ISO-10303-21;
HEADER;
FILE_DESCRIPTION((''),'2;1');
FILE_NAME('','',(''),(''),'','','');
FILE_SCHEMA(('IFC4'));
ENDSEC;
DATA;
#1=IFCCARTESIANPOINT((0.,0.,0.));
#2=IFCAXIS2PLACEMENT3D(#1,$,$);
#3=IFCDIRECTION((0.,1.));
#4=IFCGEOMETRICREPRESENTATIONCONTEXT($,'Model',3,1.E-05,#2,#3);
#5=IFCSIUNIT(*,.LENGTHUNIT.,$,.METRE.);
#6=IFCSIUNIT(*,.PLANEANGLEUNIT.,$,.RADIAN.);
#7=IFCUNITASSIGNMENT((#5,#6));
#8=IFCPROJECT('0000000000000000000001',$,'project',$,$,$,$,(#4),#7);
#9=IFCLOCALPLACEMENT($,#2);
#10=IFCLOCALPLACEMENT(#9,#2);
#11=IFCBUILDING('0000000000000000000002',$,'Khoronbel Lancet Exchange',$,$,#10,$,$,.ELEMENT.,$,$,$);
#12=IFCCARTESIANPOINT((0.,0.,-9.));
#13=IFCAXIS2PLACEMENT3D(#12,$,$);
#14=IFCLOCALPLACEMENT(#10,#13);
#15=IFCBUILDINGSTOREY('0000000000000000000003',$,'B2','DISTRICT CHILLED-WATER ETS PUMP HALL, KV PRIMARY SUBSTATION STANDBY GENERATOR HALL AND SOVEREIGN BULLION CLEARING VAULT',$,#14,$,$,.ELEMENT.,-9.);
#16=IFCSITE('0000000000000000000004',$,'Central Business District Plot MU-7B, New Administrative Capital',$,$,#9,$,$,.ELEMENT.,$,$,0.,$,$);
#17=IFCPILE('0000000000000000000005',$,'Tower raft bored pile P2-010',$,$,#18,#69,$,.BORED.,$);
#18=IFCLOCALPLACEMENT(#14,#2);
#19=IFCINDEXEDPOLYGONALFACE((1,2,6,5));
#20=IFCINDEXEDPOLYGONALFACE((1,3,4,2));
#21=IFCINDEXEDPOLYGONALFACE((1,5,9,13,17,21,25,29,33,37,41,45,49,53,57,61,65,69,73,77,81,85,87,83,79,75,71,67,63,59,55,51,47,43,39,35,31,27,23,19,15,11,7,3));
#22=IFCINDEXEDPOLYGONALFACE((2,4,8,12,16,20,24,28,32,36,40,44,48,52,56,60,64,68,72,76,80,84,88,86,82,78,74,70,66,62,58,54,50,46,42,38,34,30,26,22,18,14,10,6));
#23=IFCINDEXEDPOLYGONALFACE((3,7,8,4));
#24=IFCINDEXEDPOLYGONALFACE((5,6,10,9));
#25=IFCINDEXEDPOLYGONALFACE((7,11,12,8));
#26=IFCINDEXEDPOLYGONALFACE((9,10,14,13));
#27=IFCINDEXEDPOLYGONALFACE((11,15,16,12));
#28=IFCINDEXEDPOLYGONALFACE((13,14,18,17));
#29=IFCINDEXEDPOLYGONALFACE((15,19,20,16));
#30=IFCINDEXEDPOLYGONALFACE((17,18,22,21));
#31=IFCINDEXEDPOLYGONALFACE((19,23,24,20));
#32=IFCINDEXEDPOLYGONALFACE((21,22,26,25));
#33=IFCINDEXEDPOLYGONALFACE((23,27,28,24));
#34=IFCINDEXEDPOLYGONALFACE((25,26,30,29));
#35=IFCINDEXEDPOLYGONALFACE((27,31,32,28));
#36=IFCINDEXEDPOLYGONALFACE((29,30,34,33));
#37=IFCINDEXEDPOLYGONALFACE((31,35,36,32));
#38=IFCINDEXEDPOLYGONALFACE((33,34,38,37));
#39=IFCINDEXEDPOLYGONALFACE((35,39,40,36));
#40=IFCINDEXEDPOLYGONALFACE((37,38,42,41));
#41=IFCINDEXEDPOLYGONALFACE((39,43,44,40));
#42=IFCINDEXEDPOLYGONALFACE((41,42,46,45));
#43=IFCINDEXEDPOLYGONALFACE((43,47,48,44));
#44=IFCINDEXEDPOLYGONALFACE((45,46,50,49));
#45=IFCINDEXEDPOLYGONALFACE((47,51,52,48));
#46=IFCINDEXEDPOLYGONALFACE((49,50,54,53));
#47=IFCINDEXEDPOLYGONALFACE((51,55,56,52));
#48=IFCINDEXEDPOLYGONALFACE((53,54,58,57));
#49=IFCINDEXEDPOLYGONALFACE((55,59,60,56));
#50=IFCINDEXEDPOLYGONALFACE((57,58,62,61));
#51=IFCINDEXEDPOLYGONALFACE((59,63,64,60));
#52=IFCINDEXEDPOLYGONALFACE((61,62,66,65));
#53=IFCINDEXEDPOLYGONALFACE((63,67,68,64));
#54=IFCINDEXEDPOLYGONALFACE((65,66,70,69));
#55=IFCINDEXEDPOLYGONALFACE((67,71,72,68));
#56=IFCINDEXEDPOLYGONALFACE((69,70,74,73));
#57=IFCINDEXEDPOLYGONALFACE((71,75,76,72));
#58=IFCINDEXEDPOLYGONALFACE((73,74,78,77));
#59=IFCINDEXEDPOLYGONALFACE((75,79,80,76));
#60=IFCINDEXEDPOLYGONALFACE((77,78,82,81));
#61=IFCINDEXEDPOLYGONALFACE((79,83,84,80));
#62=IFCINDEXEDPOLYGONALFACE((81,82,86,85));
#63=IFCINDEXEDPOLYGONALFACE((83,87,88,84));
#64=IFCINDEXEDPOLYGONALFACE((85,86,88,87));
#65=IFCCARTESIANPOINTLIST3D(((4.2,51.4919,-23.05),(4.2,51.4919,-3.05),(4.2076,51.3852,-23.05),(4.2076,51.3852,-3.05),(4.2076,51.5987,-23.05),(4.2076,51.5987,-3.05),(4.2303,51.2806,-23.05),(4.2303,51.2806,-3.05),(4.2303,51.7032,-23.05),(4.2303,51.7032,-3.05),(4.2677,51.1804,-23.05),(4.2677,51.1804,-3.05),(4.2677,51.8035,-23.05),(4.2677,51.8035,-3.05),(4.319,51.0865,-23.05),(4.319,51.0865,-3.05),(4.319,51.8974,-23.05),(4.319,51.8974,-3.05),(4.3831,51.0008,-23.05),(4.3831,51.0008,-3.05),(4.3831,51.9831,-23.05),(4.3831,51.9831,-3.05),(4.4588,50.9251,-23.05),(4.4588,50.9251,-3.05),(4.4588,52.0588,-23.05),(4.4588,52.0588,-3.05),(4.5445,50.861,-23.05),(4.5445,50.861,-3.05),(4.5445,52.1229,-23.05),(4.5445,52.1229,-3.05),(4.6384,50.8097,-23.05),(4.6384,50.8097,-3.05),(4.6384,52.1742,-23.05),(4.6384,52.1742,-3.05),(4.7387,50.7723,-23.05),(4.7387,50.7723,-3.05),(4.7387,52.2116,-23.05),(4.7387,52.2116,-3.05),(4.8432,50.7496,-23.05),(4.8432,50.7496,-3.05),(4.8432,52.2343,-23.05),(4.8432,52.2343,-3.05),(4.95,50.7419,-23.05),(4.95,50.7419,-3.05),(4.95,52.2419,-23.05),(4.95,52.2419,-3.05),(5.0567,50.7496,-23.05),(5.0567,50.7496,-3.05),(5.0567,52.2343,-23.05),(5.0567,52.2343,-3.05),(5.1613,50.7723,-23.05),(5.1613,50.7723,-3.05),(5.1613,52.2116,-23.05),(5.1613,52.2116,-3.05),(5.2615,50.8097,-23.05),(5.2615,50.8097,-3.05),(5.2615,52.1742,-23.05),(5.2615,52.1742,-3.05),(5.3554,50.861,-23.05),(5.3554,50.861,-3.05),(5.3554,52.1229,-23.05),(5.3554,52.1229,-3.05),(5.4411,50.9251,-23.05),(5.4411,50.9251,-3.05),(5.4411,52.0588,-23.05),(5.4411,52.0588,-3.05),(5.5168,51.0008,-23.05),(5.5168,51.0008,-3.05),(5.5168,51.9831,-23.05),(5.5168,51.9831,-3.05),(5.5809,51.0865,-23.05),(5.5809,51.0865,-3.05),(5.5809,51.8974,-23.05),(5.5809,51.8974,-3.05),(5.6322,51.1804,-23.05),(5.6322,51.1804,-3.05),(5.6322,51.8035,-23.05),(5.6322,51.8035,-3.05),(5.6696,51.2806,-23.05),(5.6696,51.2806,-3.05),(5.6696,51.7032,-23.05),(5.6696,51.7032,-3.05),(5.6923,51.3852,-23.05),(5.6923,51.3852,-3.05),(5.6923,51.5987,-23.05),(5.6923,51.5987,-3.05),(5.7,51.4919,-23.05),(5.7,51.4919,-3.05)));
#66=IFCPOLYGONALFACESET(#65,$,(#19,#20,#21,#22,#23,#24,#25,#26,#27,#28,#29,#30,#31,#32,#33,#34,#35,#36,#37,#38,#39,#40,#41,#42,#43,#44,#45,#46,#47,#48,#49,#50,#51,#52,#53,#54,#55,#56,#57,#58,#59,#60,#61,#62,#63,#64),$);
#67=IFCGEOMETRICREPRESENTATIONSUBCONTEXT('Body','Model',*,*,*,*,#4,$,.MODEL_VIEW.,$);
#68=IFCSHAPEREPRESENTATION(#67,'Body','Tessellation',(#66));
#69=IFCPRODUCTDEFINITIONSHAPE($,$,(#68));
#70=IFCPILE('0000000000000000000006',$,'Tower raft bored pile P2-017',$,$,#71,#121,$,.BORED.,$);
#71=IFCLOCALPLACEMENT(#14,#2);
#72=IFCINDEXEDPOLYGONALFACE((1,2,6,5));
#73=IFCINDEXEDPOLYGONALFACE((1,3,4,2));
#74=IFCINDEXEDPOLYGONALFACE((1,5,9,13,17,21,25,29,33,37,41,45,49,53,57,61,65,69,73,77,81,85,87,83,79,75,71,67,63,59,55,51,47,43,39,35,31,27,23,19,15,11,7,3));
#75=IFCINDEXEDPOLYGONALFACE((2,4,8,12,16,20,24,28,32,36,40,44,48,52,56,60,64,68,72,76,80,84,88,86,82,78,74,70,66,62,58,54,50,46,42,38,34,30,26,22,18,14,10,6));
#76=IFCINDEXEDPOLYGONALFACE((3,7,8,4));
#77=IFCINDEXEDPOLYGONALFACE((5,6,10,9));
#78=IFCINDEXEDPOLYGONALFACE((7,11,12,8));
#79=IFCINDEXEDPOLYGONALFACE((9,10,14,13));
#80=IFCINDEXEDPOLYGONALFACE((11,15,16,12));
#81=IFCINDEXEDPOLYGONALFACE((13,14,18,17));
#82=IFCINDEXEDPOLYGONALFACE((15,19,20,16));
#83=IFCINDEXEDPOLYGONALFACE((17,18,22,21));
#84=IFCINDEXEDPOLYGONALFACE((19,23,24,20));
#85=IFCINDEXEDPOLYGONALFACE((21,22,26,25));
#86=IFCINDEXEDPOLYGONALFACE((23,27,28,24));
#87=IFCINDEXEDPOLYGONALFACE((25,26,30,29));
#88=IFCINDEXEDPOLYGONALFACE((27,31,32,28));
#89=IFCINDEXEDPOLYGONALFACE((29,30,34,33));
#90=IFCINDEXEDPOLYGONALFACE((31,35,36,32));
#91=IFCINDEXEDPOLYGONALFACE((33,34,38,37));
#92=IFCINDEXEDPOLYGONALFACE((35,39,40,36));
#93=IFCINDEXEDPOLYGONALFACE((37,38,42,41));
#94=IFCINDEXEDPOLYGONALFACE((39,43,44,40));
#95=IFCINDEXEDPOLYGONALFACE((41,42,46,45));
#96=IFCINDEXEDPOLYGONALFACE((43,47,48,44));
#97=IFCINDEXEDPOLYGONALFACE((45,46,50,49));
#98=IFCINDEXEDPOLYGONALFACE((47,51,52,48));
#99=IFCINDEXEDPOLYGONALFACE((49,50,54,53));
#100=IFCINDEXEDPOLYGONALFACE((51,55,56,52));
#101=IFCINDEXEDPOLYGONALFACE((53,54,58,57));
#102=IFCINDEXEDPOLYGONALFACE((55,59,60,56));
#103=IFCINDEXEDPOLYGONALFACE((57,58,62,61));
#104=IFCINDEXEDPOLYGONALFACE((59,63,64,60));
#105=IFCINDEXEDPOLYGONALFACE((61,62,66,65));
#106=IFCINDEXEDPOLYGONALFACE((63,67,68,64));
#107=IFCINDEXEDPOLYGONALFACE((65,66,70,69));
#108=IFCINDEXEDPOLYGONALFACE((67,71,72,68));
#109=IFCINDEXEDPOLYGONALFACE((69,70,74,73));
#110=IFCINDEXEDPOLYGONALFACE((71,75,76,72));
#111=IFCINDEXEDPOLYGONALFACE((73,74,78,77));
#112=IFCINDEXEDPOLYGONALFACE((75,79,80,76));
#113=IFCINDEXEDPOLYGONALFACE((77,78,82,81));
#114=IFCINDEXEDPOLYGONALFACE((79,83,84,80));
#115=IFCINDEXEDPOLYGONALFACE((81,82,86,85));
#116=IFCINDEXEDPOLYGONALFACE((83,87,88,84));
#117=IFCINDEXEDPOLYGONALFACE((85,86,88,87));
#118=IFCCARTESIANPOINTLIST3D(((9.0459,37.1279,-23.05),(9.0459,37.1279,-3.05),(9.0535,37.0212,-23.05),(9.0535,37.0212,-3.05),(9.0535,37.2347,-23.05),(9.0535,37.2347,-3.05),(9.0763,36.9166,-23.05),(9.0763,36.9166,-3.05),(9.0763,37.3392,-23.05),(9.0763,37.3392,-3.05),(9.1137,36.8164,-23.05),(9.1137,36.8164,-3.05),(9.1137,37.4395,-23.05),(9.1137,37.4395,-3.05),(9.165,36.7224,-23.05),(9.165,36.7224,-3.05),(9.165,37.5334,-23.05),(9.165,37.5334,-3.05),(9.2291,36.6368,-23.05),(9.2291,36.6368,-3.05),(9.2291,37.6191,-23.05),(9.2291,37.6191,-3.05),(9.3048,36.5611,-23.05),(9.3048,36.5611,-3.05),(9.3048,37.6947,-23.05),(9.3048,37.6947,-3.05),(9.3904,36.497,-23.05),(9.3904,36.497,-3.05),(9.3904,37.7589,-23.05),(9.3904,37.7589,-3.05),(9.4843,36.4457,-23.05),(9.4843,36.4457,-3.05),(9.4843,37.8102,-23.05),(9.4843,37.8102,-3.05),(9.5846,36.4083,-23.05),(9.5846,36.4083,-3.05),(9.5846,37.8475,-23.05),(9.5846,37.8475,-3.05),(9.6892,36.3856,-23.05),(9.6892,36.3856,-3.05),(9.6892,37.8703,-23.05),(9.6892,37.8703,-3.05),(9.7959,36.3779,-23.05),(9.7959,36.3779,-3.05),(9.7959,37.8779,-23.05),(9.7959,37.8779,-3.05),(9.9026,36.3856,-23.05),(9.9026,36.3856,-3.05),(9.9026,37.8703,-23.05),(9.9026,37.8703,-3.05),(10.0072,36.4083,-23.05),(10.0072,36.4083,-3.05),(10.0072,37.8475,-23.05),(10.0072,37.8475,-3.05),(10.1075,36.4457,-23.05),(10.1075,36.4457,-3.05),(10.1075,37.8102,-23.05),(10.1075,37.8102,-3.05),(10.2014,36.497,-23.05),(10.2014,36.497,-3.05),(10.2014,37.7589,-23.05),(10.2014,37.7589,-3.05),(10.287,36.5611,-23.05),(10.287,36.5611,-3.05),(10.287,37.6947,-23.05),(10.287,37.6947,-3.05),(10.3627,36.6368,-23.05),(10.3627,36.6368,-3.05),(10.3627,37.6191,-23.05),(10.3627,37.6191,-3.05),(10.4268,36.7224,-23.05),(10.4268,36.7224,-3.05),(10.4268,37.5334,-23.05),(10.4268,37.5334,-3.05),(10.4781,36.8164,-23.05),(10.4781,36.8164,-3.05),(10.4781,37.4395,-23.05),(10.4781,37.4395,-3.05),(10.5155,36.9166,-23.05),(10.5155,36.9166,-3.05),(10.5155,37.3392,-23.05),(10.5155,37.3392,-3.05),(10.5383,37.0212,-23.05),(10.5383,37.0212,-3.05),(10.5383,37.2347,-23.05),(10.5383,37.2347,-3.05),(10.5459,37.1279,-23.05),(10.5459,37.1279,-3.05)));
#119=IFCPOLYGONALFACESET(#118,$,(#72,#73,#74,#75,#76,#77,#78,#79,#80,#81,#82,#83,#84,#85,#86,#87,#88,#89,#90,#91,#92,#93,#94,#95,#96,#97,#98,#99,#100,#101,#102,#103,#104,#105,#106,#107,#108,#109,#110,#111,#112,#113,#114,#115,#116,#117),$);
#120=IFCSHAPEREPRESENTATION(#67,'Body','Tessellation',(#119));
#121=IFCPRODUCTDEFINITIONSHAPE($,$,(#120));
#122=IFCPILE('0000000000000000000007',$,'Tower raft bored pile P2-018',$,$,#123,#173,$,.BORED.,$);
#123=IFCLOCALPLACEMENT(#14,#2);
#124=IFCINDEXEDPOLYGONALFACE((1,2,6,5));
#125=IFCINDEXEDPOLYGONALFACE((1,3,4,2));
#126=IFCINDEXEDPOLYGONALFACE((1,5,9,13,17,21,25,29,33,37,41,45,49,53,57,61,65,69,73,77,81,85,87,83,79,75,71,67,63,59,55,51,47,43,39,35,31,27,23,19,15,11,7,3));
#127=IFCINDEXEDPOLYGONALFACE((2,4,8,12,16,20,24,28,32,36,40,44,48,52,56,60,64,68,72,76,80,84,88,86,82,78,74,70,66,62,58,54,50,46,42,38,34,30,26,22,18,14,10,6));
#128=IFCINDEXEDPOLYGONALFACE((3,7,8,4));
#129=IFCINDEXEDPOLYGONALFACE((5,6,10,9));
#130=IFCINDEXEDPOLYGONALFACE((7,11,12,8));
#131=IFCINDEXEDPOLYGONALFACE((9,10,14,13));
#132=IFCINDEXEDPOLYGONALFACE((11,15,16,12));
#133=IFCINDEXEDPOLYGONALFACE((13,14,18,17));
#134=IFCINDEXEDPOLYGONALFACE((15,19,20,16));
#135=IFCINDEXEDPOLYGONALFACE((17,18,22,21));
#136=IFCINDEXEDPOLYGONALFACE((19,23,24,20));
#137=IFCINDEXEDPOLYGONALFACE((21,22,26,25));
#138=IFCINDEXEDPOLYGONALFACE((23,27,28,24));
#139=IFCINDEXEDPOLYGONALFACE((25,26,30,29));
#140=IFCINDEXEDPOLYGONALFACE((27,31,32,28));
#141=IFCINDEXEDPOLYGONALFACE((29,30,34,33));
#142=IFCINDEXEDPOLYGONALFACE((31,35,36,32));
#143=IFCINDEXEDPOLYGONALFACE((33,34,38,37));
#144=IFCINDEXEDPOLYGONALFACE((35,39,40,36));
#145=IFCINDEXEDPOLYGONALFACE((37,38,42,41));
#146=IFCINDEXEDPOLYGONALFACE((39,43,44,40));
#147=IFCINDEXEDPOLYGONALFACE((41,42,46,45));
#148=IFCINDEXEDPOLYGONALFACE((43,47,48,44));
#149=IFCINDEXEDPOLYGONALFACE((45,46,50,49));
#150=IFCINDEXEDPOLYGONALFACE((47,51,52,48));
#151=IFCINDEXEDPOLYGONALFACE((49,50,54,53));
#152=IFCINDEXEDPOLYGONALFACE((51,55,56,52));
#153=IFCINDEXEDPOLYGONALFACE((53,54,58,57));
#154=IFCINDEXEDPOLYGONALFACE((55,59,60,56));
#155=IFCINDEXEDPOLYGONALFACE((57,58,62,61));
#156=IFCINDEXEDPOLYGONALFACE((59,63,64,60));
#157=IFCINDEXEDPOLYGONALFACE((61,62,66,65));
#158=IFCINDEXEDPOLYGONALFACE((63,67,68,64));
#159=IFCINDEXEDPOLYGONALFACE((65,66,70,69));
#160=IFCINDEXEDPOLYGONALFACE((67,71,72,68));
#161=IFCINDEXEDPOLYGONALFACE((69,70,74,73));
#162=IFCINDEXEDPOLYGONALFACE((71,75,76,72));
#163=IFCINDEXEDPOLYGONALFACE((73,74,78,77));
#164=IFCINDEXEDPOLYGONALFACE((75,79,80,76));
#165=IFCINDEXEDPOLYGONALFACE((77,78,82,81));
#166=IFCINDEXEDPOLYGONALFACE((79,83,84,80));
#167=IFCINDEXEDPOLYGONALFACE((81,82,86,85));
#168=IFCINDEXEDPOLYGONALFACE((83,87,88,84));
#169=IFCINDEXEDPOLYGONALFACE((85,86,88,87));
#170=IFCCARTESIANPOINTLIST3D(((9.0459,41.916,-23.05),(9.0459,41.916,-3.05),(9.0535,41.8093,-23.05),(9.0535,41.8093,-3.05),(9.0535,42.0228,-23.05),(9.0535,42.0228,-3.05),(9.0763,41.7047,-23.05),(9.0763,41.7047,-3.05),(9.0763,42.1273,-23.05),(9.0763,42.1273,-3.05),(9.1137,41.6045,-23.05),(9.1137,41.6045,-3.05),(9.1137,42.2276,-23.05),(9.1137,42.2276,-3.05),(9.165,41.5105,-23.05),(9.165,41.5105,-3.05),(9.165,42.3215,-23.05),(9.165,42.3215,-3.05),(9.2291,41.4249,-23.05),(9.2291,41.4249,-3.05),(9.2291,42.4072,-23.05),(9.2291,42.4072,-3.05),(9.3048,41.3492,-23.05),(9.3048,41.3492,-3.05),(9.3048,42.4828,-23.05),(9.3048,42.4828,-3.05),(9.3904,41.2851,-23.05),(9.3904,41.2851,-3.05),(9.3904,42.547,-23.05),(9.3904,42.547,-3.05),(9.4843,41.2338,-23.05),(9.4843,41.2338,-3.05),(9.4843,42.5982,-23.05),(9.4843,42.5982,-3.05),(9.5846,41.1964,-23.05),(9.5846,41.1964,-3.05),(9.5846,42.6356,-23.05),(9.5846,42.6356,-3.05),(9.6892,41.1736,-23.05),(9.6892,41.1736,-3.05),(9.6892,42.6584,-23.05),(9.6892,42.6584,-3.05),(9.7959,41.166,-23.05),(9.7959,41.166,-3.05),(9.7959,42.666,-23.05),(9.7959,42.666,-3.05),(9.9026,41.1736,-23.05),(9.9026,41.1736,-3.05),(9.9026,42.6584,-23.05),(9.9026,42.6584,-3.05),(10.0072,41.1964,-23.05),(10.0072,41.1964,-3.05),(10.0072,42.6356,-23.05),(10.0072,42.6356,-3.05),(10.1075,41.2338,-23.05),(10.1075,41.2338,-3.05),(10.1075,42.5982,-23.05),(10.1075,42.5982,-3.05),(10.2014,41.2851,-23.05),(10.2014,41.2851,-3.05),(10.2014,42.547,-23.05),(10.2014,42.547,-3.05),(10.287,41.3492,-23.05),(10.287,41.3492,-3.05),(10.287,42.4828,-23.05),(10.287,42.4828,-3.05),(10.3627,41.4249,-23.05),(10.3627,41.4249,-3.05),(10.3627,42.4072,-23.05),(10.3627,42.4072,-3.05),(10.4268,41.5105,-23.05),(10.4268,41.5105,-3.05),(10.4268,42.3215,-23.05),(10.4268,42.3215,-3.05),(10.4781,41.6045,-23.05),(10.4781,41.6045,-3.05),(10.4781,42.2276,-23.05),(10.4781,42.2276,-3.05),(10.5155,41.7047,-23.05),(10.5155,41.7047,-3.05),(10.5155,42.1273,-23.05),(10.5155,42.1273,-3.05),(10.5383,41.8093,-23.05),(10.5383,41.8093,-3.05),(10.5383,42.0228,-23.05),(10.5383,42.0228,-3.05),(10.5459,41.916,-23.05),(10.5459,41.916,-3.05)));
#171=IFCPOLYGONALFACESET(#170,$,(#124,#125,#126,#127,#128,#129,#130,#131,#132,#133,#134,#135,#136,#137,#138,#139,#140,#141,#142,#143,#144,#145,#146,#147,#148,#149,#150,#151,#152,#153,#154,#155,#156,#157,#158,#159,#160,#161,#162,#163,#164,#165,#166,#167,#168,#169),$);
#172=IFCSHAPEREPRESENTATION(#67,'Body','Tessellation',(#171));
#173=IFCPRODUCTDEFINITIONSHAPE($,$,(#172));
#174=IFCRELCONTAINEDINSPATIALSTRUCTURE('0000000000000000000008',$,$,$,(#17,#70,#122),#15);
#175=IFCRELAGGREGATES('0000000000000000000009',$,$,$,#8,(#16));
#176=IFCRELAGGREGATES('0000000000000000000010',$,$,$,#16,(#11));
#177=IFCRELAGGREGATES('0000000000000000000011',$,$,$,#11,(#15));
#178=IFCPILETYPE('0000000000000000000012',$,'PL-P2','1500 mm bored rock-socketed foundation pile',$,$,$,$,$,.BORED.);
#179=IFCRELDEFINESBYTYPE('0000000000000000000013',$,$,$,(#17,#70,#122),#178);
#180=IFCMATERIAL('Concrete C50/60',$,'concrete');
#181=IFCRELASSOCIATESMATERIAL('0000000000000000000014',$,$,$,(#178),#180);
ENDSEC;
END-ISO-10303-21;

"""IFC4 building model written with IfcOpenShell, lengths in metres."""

from ifc_helpers import new_model, si_unit, direction, frame, origin, origin_2d, place, context, subcontext, project, spatial, circle, extrude, material, material_profile, profile_set, type_object, element, save


model = new_model("IFC4")

# Units and contexts
model_context = context("Model", 3, precision=1e-05, world=origin(), true_north=direction((0.0, 1.0)))
body_context = subcontext(model_context, "Body", "Model", "MODEL_VIEW")
ifc_project = project(units=[si_unit("LENGTHUNIT", "METRE"), si_unit("PLANEANGLEUNIT", "RADIAN")], contexts=[model_context])

# Site, building, storey
site_placement = place(None, origin())
site = spatial("IfcSite", under=ifc_project, at=site_placement, Name="Central Business District Plot MU-7B, New Administrative Capital", CompositionType="ELEMENT", RefElevation=0.0)
building_placement = place(site_placement, origin())
building = spatial("IfcBuilding", under=site, at=building_placement, Name="Khoronbel Lancet Exchange", CompositionType="ELEMENT")
storey_placement = place(building_placement, frame((0.0, 0.0, -9.0)))
storey = spatial("IfcBuildingStorey", under=building, at=storey_placement, Name="B2", Description="DISTRICT CHILLED-WATER ETS PUMP HALL, KV PRIMARY SUBSTATION STANDBY GENERATOR HALL AND SOVEREIGN BULLION CLEARING VAULT", CompositionType="ELEMENT", Elevation=-9.0)

# Piles
ifc_material_1 = material(Name="Concrete C50/60", Category="concrete")
ifc_material_profile_1 = material_profile(ifc_material_1, circle(Radius=0.75, at=origin_2d()), Name="BORED PILE D1500")
ifc_profile_set_1 = profile_set([ifc_material_profile_1], Name="Concrete C50/60")
pile_type = type_object("IfcPileType", Name="PL-P2", Description="1500 mm bored rock-socketed foundation pile", PredefinedType="BORED", material=ifc_profile_set_1)
for number, where, z_axis, x_axis, name in (
    (1, (4.95, 51.4919, -3.05), (0.0, 0.0, -1.0), (1.0, 0.0, 0.0), "Tower raft bored pile P2-010"),
    (2, (9.7959, 37.1279, -3.05), (0.0, 0.0, -1.0), (1.0, 0.0, 0.0), "Tower raft bored pile P2-017"),
    (3, (9.7959, 41.916, -3.05), (0.0, 0.0, -1.0), (1.0, 0.0, 0.0), "Tower raft bored pile P2-018"),
):
    element("IfcPile", number, at=place(storey_placement, frame(where, z_axis=z_axis, x_axis=x_axis)), inside=storey, type_object=pile_type, Name=name, PredefinedType="BORED", context=body_context, shape_type="SweptSolid", body=[
        extrude(circle(Radius=0.75, at=origin_2d()), origin(), (0.0, 0.0, 1.0), 20.0),
    ])

save(model, "model.ifc")
